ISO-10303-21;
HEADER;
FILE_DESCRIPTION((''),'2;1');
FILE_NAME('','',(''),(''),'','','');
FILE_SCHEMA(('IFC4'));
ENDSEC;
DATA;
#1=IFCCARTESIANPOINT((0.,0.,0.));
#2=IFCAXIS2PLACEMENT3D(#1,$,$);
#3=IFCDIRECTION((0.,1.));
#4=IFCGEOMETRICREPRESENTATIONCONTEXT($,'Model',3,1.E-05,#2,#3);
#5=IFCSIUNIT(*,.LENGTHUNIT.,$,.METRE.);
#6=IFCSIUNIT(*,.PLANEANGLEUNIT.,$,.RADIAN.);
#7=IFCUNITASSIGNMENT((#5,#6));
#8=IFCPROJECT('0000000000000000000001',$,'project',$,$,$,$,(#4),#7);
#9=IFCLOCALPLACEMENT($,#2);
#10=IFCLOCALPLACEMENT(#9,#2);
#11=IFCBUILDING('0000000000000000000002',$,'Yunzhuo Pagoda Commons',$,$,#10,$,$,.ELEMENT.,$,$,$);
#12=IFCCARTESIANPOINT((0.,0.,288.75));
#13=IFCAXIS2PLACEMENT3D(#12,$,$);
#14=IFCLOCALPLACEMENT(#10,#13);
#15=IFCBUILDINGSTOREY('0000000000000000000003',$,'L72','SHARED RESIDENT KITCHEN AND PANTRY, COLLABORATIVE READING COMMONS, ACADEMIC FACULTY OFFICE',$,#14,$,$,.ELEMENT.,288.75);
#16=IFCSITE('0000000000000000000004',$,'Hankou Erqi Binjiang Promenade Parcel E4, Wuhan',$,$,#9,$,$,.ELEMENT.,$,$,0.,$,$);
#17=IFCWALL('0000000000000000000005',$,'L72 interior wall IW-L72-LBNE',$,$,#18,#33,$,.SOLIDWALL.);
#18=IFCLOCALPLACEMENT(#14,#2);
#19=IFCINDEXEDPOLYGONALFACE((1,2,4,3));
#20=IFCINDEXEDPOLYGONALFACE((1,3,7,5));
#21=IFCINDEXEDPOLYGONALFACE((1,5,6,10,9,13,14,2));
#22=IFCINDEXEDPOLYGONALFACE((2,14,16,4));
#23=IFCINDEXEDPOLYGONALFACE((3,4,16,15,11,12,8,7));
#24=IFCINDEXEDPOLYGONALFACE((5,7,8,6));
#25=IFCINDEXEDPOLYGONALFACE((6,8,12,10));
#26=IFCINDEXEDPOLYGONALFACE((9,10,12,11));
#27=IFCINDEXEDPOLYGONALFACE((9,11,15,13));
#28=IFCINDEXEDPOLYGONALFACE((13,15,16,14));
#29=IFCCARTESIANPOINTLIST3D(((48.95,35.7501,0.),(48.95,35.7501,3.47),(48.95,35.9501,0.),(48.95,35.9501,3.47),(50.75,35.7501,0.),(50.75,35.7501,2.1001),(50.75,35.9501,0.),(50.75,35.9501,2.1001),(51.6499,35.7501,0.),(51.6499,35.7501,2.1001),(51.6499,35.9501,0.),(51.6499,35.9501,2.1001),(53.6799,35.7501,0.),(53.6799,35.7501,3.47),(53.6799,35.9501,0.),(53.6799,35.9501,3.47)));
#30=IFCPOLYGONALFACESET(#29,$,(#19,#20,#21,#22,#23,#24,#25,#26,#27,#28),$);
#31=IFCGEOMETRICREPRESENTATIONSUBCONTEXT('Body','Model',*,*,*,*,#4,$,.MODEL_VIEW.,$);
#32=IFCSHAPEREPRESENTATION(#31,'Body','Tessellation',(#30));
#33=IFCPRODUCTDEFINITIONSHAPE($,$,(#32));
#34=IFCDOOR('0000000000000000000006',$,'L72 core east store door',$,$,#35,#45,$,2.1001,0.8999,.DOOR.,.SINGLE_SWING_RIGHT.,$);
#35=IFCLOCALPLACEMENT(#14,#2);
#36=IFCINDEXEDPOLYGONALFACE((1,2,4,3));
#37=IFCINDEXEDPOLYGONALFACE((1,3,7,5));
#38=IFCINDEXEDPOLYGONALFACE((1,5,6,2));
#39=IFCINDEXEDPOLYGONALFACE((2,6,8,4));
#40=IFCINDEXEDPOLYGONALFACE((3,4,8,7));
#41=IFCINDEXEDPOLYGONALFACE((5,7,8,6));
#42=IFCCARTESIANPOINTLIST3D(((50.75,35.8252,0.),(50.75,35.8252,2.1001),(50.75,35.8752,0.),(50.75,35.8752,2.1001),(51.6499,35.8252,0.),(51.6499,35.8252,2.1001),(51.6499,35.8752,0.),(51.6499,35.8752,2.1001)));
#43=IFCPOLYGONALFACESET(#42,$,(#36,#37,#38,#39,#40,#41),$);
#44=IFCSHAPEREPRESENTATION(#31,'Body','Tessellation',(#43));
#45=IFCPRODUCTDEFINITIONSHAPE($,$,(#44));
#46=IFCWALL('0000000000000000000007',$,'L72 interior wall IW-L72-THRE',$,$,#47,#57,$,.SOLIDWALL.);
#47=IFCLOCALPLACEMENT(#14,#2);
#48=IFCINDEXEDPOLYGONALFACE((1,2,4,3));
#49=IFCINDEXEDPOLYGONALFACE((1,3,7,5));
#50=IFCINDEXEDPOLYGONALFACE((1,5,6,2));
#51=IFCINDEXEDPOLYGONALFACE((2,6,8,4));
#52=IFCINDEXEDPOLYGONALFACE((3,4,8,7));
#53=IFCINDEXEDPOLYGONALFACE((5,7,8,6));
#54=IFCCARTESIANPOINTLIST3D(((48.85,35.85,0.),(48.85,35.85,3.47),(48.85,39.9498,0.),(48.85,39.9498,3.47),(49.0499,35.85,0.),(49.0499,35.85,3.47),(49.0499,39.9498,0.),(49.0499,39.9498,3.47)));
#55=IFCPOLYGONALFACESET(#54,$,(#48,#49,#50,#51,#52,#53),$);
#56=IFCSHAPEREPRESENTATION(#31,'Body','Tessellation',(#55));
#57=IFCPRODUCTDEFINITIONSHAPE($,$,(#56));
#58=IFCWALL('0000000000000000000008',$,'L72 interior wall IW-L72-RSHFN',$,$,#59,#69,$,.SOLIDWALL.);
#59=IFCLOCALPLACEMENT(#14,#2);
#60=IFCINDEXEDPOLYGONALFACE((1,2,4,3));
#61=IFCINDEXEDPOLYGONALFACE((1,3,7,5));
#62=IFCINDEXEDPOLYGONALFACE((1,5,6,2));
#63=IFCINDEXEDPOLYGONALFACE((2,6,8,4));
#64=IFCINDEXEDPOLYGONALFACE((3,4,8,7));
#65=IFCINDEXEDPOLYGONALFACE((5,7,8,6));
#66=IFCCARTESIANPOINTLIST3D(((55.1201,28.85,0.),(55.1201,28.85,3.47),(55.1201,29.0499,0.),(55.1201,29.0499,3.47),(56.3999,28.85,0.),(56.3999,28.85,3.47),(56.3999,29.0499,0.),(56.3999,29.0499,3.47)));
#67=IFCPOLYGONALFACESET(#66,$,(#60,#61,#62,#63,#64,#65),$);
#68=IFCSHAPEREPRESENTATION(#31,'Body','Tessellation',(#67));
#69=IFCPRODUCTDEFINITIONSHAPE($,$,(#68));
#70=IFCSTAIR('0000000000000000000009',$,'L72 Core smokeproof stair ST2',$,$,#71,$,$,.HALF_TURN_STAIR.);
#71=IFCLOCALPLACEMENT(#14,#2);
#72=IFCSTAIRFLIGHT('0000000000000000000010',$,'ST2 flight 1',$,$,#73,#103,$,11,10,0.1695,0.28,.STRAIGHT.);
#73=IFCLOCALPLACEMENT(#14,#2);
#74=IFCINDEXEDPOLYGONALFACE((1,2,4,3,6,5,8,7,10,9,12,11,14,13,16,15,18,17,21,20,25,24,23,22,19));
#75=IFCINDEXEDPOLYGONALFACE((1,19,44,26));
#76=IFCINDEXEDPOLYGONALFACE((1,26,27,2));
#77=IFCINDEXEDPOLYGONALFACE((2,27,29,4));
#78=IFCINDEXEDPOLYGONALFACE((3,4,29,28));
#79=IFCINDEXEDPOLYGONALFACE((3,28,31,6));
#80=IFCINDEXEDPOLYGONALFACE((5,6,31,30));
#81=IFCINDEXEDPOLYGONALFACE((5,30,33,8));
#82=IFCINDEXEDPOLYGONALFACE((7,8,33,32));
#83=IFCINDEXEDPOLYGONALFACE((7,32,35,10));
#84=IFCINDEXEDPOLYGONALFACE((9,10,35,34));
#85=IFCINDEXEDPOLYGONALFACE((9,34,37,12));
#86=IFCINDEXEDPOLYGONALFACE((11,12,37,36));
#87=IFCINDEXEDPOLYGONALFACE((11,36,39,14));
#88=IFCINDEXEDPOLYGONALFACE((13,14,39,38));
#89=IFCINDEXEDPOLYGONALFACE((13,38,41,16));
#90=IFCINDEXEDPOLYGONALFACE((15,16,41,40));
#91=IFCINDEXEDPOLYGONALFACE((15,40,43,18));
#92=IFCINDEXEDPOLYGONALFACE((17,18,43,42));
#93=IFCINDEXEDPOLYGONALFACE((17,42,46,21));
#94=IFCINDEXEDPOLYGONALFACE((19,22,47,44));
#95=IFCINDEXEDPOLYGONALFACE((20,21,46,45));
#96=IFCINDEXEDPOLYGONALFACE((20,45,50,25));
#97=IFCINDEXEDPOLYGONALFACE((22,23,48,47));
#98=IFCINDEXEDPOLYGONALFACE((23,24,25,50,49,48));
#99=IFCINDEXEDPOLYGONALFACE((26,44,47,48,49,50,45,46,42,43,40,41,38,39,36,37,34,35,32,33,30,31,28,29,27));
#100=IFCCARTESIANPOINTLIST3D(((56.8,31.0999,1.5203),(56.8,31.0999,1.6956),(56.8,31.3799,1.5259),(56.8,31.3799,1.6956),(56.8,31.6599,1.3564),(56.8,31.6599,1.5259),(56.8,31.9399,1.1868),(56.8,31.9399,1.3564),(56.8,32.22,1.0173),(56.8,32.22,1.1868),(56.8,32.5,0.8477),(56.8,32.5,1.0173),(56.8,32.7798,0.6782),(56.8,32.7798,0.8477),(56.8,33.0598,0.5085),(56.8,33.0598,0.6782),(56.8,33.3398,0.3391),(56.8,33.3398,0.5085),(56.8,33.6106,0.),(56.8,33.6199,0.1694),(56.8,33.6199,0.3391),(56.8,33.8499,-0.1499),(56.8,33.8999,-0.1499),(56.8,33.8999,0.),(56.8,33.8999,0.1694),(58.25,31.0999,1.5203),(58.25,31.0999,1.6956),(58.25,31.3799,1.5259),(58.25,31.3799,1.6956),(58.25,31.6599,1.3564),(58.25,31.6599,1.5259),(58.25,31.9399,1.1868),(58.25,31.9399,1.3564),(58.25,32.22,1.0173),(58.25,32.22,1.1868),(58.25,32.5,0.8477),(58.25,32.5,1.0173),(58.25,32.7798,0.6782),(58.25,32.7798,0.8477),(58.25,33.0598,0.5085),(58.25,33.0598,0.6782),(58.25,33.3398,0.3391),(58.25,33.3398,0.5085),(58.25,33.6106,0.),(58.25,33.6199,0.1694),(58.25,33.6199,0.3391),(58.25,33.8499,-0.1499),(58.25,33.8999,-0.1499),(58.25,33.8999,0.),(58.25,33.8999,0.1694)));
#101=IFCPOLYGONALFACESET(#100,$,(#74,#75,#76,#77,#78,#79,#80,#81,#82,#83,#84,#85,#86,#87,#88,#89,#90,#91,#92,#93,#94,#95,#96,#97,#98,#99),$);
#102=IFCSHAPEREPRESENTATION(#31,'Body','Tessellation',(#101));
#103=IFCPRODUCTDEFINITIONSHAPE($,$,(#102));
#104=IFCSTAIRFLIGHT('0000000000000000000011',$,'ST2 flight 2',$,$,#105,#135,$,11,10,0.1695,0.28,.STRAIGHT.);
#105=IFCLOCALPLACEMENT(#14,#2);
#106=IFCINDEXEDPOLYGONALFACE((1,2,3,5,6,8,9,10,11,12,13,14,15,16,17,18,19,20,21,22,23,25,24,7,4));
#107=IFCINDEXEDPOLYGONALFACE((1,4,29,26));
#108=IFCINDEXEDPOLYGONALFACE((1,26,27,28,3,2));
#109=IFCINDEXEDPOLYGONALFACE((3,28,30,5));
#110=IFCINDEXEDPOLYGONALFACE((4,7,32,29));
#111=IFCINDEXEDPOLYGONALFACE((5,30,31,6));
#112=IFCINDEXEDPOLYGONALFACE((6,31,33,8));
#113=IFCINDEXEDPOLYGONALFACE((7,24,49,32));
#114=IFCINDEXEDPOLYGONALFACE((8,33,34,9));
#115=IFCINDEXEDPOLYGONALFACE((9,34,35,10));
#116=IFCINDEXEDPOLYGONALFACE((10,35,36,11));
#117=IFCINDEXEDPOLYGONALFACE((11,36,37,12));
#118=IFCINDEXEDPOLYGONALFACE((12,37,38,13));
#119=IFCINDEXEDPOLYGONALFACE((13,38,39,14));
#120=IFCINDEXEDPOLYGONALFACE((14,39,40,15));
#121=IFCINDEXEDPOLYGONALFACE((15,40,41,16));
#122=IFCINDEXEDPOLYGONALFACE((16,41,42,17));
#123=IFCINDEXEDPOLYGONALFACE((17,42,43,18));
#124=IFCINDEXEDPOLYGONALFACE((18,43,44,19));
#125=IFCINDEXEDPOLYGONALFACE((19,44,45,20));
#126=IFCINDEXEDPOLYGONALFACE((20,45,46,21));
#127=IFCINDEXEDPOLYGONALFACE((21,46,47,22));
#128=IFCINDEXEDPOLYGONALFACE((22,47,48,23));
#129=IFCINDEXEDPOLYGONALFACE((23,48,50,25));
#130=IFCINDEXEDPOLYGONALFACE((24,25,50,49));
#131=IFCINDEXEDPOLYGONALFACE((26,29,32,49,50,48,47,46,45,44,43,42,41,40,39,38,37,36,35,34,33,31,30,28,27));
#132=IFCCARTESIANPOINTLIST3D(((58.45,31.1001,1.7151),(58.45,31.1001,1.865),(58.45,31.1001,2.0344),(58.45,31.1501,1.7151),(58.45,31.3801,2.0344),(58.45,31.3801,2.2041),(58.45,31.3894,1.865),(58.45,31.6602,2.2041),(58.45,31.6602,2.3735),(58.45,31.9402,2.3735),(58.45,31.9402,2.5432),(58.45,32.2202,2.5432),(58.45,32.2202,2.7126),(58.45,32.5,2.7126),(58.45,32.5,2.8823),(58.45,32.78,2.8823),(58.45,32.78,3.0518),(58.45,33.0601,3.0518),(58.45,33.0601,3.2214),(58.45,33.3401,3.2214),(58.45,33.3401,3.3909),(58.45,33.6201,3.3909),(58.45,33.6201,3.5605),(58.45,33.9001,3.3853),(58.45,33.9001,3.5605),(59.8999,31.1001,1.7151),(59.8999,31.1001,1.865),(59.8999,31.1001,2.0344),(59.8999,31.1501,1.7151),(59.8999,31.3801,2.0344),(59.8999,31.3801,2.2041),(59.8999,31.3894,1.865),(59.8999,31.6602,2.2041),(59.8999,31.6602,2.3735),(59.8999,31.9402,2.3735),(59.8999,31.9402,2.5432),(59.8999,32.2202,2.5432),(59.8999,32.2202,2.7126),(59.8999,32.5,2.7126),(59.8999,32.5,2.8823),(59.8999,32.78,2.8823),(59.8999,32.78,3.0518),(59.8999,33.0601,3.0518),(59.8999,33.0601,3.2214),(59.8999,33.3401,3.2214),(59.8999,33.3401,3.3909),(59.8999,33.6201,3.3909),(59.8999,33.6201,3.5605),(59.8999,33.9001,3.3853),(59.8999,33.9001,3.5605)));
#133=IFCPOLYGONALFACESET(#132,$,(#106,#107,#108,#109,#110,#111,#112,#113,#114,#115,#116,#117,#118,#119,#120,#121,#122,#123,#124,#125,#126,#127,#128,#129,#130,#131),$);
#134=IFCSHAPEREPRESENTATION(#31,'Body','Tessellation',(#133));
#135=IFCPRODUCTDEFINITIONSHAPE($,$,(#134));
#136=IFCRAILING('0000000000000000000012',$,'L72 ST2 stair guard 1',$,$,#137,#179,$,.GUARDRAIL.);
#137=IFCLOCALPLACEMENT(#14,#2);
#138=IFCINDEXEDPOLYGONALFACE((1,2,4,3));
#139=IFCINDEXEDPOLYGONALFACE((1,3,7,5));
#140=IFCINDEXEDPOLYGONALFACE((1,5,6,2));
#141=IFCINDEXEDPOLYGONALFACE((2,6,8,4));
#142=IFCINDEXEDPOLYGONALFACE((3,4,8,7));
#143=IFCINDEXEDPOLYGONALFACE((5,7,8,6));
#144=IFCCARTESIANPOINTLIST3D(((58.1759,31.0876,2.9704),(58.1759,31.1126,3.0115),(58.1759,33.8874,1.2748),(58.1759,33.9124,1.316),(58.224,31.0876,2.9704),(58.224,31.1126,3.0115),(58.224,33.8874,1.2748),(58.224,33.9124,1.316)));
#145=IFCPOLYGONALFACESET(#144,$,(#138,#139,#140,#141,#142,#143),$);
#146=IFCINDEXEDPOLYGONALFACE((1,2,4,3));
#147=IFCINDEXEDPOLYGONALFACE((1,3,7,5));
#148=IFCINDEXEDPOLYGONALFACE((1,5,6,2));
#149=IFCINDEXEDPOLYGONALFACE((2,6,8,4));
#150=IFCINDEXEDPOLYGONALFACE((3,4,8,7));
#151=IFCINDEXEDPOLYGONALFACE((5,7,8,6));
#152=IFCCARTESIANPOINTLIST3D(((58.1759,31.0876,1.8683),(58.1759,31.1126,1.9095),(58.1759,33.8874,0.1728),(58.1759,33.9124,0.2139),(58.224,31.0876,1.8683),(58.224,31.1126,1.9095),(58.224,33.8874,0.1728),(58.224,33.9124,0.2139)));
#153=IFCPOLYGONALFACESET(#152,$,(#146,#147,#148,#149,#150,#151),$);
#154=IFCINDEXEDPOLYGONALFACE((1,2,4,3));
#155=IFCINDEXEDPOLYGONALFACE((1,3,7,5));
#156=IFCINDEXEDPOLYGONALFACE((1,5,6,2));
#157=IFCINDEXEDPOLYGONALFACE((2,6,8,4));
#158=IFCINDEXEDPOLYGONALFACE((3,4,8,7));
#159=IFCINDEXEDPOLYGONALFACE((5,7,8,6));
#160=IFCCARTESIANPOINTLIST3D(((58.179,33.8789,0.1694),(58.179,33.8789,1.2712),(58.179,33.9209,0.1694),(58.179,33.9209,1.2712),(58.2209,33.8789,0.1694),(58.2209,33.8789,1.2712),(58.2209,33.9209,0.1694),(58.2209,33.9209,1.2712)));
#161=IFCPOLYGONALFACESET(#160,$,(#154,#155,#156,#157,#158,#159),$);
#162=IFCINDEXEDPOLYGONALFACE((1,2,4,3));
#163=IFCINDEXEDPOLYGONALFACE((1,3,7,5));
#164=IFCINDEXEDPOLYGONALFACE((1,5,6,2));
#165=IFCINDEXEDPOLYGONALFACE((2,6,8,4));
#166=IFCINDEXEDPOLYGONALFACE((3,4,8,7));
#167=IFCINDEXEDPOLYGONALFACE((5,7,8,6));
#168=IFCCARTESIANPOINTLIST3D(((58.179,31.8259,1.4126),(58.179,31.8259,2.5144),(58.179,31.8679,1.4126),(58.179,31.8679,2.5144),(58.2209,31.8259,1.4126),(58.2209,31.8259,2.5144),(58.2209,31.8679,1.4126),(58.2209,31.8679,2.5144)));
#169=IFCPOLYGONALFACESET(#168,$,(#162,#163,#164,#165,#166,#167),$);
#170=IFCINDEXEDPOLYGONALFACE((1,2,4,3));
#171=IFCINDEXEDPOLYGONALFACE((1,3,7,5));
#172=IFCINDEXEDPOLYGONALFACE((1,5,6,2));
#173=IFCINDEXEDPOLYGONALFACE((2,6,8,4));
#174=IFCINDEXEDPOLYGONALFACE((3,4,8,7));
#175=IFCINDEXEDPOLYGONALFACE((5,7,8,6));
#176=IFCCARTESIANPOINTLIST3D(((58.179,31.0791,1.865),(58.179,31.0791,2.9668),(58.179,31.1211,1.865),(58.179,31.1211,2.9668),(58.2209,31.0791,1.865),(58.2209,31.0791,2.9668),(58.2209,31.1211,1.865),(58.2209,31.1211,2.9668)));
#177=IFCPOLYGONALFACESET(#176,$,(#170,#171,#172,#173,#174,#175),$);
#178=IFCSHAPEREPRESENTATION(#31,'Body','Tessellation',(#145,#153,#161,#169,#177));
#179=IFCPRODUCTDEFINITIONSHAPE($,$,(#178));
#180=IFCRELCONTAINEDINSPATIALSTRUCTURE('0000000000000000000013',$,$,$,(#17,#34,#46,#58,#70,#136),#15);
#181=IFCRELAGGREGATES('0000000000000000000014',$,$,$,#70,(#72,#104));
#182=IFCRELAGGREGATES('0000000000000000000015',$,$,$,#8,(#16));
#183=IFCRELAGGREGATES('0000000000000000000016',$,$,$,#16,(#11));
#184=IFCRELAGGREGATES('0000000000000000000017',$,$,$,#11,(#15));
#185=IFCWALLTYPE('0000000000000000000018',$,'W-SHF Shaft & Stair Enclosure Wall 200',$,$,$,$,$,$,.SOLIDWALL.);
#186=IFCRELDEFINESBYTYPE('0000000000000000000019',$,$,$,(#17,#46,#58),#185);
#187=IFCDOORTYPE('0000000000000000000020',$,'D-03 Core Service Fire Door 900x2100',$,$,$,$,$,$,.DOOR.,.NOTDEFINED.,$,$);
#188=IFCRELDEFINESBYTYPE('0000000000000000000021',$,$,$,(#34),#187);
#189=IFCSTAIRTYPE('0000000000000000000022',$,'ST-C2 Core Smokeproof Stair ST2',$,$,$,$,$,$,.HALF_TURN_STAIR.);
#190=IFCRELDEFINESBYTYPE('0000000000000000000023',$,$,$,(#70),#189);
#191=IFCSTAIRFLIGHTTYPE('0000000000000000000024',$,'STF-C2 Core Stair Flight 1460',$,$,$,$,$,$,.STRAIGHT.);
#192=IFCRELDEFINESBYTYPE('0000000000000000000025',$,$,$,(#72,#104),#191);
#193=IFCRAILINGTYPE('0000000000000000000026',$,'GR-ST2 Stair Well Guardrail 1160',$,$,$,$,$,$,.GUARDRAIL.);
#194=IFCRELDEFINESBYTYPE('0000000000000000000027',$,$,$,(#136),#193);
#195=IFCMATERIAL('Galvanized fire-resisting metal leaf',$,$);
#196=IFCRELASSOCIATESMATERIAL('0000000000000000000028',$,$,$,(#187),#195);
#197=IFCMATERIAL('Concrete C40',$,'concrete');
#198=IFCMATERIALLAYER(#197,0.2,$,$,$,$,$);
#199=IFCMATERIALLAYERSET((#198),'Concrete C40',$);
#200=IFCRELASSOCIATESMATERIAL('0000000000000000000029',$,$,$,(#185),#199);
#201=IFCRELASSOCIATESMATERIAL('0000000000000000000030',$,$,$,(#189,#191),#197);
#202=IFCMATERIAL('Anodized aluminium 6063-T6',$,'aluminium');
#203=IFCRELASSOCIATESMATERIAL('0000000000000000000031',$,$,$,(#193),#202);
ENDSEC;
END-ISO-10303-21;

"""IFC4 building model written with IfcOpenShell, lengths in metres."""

from ifc_helpers import new_model, si_unit, direction, frame, frame_2d, origin, origin_2d, place, context, subcontext, project, spatial, polyline, rectangle, outline, extrude, source, transform, mapped, material, layer, layer_set, type_object, element, fill, aggregate, save


model = new_model("IFC4")

# Units and contexts
model_context = context("Model", 3, precision=1e-05, world=origin(), true_north=direction((0.0, 1.0)))
body_context = subcontext(model_context, "Body", "Model", "MODEL_VIEW")
ifc_project = project(units=[si_unit("LENGTHUNIT", "METRE"), si_unit("PLANEANGLEUNIT", "RADIAN")], contexts=[model_context])

# Site, building, storey
site_placement = place(None, origin())
site = spatial("IfcSite", under=ifc_project, at=site_placement, Name="Hankou Erqi Binjiang Promenade Parcel E4, Wuhan", CompositionType="ELEMENT", RefElevation=0.0)
building_placement = place(site_placement, origin())
building = spatial("IfcBuilding", under=site, at=building_placement, Name="Yunzhuo Pagoda Commons", CompositionType="ELEMENT")
storey_placement = place(building_placement, frame((0.0, 0.0, 288.75)))
storey = spatial("IfcBuildingStorey", under=building, at=storey_placement, Name="L72", Description="SHARED RESIDENT KITCHEN AND PANTRY, COLLABORATIVE READING COMMONS, ACADEMIC FACULTY OFFICE", CompositionType="ELEMENT", Elevation=288.75)

# Shared definitions
ifc_material_1 = material(Name="Galvanized fire-resisting metal leaf")

# Shared definitions
door_type_1 = type_object("IfcDoorType", Name="D-03 Core Service Fire Door 900x2100", OperationType="NOTDEFINED", PredefinedType="DOOR", material=ifc_material_1)
shared_shape_1 = source(origin(), body_context, "Body", "SweptSolid", [
    extrude(rectangle(XDim=0.8999, YDim=2.1001, at=frame_2d((0.45, 1.05))), frame((0.0, 0.0249, 0.0), z_axis=(0.0, -1.0, 0.0), x_axis=(1.0, 0.0, 0.0)), (0.0, 0.0, 1.0), 0.05),
])

# Shared definitions
ifc_material_2 = material(Name="Concrete C40", Category="concrete")
ifc_layer_1 = layer(ifc_material_2, 0.2)
ifc_layer_set_1 = layer_set([ifc_layer_1], Name="Concrete C40")
wall_type_1 = type_object("IfcWallType", Name="W-SHF Shaft & Stair Enclosure Wall 200", PredefinedType="SOLIDWALL", material=ifc_layer_set_1)

# Wall, opening, door
wall_1_placement = place(storey_placement, frame((48.95, 35.8501, 0.0), z_axis=(0.0, 0.0, 1.0), x_axis=(1.0, 0.0, 0.0)))
wall_1 = element("IfcWall", 1, at=wall_1_placement, inside=storey, type_object=wall_type_1, Name="L72 interior wall IW-L72-LBNE", PredefinedType="SOLIDWALL", context=body_context, shape_type="SweptSolid", body=[
    extrude(rectangle(XDim=4.73, YDim=0.2, at=frame_2d((2.365, 0.0))), origin(), (0.0, 0.0, 1.0), 3.47),
])
opening_1_placement = place(wall_1_placement, frame((1.8, 0.0, 0.0)))
opening_1 = element("IfcOpeningElement", 2, at=opening_1_placement, cuts=wall_1, PredefinedType="OPENING", context=body_context, shape_type="SweptSolid", body=[
    extrude(rectangle(XDim=0.8999, YDim=2.1001, at=frame_2d((0.45, 1.05))), frame((0.0, 0.1099, 0.0), z_axis=(0.0, -1.0, 0.0), x_axis=(1.0, 0.0, 0.0)), (0.0, 0.0, 1.0), 0.22),
])
door_1_placement = place(opening_1_placement, frame((0.8999, 0.0, 0.0), z_axis=(0.0, 0.0, 1.0), x_axis=(-1.0, 0.0, 0.0)))
door_1 = element("IfcDoor", 3, at=door_1_placement, inside=storey, type_object=door_type_1, Name="L72 core east store door", OperationType="SINGLE_SWING_RIGHT", OverallHeight=2.1001, OverallWidth=0.8999, PredefinedType="DOOR", context=body_context, shape_type="MappedRepresentation", body=[
    mapped(shared_shape_1, transform((0.0, 0.0, 0.0), scale=1.0)),
])
fill(opening_1, door_1)

# Walls
wall_2_placement = place(storey_placement, frame((48.95, 35.8501, 0.0), z_axis=(0.0, 0.0, 1.0), x_axis=(0.0, 1.0, 0.0)))
element("IfcWall", 4, at=wall_2_placement, inside=storey, type_object=wall_type_1, Name="L72 interior wall IW-L72-THRE", PredefinedType="SOLIDWALL", context=body_context, shape_type="SweptSolid", body=[
    extrude(rectangle(XDim=4.0999, YDim=0.2, at=frame_2d((2.0498, 0.0))), origin(), (0.0, 0.0, 1.0), 3.47),
])
wall_3_placement = place(storey_placement, frame((55.1201, 28.95, 0.0), z_axis=(0.0, 0.0, 1.0), x_axis=(1.0, 0.0, 0.0)))
element("IfcWall", 5, at=wall_3_placement, inside=storey, type_object=wall_type_1, Name="L72 interior wall IW-L72-RSHFN", PredefinedType="SOLIDWALL", context=body_context, shape_type="SweptSolid", body=[
    extrude(rectangle(XDim=1.2798, YDim=0.2, at=frame_2d((0.6399, 0.0))), origin(), (0.0, 0.0, 1.0), 3.47),
])

# Stair, stair flights
stair_type = type_object("IfcStairType", Name="ST-C2 Core Smokeproof Stair ST2", PredefinedType="HALF_TURN_STAIR", material=ifc_material_2)
stair_placement = place(storey_placement, origin())
stair = element("IfcStair", 6, at=stair_placement, inside=storey, type_object=stair_type, Name="L72 Core smokeproof stair ST2", PredefinedType="HALF_TURN_STAIR")
stair_flight_type = type_object("IfcStairFlightType", Name="STF-C2 Core Stair Flight 1460", PredefinedType="STRAIGHT", material=ifc_material_2)
shared_shape_2 = source(origin(), body_context, "Body", "SweptSolid", [
    extrude(outline(polyline([(0.0, -0.1499), (0.0, 0.0), (0.0, 0.1694), (0.28, 0.1694), (0.28, 0.3391), (0.5601, 0.3391), (0.5601, 0.5085), (0.8401, 0.5085), (0.8401, 0.6782), (1.1201, 0.6782), (1.1201, 0.8477), (1.3999, 0.8477), (1.3999, 1.0173), (1.6799, 1.0173), (1.6799, 1.1868), (1.96, 1.1868), (1.96, 1.3564), (2.24, 1.3564), (2.24, 1.5259), (2.52, 1.5259), (2.52, 1.6956), (2.8, 1.6956), (2.8, 1.865), (2.8, 1.5203), (0.2893, 0.0), (0.05, -0.1499), (0.0, -0.1499)])), frame((0.0, 0.7251, 0.0), z_axis=(0.0, -1.0, 0.0), x_axis=(1.0, 0.0, 0.0)), (0.0, 0.0, 1.0), 1.45),
])
stair_flight_1_placement = place(storey_placement, frame((57.5249, 33.8999, 0.0), z_axis=(0.0, 0.0, 1.0), x_axis=(0.0, -1.0, 0.0)))
stair_flight_1 = element("IfcStairFlight", 7, at=stair_flight_1_placement, type_object=stair_flight_type, Name="ST2 flight 1", NumberOfRisers=11, NumberOfTreads=10, PredefinedType="STRAIGHT", RiserHeight=0.1695, TreadLength=0.28, context=body_context, shape_type="MappedRepresentation", body=[
    mapped(shared_shape_2, transform((0.0, 0.0, 0.0), scale=1.0)),
])
stair_flight_2_placement = place(storey_placement, frame((59.175, 31.1001, 1.865), z_axis=(0.0, 0.0, 1.0), x_axis=(0.0, 1.0, 0.0)))
stair_flight_2 = element("IfcStairFlight", 8, at=stair_flight_2_placement, type_object=stair_flight_type, Name="ST2 flight 2", NumberOfRisers=11, NumberOfTreads=10, PredefinedType="STRAIGHT", RiserHeight=0.1695, TreadLength=0.28, context=body_context, shape_type="MappedRepresentation", body=[
    mapped(shared_shape_2, transform((0.0, 0.0, 0.0), scale=1.0)),
])
aggregate(stair, [stair_flight_1, stair_flight_2])

# Railing
ifc_material_3 = material(Name="Anodized aluminium 6063-T6", Category="aluminium")
railing_type_1 = type_object("IfcRailingType", Name="GR-ST2 Stair Well Guardrail 1160", PredefinedType="GUARDRAIL", material=ifc_material_3)
railing_1_placement = place(storey_placement, frame((58.2, 33.8999, 0.1694)))
element("IfcRailing", 9, at=railing_1_placement, inside=storey, type_object=railing_type_1, Name="L72 ST2 stair guard 1", PredefinedType="GUARDRAIL", context=body_context, shape_type="SweptSolid", body=[
    extrude(rectangle(XDim=0.0481, YDim=0.0481, at=origin_2d()), frame((0.0, 0.0, 1.126), z_axis=(0.0, -0.855373, 0.518012), x_axis=(1.0, 0.0, 0.0)), (0.0, 0.0, 1.0), 3.2732),
    extrude(rectangle(XDim=0.0481, YDim=0.0481, at=origin_2d()), frame((0.0, 0.0, 0.0239), z_axis=(0.0, -0.855373, 0.518012), x_axis=(1.0, 0.0, 0.0)), (0.0, 0.0, 1.0), 3.2732),
    extrude(rectangle(XDim=0.042, YDim=0.042, at=origin_2d()), origin(), (0.0, 0.0, 1.0), 1.1018),
    extrude(rectangle(XDim=0.042, YDim=0.042, at=origin_2d()), frame((0.0, -2.053, 1.2432)), (0.0, 0.0, 1.0), 1.1018),
    extrude(rectangle(XDim=0.042, YDim=0.042, at=origin_2d()), frame((0.0, -2.7998, 1.6956)), (0.0, 0.0, 1.0), 1.1018),
])

save(model, "model.ifc")
